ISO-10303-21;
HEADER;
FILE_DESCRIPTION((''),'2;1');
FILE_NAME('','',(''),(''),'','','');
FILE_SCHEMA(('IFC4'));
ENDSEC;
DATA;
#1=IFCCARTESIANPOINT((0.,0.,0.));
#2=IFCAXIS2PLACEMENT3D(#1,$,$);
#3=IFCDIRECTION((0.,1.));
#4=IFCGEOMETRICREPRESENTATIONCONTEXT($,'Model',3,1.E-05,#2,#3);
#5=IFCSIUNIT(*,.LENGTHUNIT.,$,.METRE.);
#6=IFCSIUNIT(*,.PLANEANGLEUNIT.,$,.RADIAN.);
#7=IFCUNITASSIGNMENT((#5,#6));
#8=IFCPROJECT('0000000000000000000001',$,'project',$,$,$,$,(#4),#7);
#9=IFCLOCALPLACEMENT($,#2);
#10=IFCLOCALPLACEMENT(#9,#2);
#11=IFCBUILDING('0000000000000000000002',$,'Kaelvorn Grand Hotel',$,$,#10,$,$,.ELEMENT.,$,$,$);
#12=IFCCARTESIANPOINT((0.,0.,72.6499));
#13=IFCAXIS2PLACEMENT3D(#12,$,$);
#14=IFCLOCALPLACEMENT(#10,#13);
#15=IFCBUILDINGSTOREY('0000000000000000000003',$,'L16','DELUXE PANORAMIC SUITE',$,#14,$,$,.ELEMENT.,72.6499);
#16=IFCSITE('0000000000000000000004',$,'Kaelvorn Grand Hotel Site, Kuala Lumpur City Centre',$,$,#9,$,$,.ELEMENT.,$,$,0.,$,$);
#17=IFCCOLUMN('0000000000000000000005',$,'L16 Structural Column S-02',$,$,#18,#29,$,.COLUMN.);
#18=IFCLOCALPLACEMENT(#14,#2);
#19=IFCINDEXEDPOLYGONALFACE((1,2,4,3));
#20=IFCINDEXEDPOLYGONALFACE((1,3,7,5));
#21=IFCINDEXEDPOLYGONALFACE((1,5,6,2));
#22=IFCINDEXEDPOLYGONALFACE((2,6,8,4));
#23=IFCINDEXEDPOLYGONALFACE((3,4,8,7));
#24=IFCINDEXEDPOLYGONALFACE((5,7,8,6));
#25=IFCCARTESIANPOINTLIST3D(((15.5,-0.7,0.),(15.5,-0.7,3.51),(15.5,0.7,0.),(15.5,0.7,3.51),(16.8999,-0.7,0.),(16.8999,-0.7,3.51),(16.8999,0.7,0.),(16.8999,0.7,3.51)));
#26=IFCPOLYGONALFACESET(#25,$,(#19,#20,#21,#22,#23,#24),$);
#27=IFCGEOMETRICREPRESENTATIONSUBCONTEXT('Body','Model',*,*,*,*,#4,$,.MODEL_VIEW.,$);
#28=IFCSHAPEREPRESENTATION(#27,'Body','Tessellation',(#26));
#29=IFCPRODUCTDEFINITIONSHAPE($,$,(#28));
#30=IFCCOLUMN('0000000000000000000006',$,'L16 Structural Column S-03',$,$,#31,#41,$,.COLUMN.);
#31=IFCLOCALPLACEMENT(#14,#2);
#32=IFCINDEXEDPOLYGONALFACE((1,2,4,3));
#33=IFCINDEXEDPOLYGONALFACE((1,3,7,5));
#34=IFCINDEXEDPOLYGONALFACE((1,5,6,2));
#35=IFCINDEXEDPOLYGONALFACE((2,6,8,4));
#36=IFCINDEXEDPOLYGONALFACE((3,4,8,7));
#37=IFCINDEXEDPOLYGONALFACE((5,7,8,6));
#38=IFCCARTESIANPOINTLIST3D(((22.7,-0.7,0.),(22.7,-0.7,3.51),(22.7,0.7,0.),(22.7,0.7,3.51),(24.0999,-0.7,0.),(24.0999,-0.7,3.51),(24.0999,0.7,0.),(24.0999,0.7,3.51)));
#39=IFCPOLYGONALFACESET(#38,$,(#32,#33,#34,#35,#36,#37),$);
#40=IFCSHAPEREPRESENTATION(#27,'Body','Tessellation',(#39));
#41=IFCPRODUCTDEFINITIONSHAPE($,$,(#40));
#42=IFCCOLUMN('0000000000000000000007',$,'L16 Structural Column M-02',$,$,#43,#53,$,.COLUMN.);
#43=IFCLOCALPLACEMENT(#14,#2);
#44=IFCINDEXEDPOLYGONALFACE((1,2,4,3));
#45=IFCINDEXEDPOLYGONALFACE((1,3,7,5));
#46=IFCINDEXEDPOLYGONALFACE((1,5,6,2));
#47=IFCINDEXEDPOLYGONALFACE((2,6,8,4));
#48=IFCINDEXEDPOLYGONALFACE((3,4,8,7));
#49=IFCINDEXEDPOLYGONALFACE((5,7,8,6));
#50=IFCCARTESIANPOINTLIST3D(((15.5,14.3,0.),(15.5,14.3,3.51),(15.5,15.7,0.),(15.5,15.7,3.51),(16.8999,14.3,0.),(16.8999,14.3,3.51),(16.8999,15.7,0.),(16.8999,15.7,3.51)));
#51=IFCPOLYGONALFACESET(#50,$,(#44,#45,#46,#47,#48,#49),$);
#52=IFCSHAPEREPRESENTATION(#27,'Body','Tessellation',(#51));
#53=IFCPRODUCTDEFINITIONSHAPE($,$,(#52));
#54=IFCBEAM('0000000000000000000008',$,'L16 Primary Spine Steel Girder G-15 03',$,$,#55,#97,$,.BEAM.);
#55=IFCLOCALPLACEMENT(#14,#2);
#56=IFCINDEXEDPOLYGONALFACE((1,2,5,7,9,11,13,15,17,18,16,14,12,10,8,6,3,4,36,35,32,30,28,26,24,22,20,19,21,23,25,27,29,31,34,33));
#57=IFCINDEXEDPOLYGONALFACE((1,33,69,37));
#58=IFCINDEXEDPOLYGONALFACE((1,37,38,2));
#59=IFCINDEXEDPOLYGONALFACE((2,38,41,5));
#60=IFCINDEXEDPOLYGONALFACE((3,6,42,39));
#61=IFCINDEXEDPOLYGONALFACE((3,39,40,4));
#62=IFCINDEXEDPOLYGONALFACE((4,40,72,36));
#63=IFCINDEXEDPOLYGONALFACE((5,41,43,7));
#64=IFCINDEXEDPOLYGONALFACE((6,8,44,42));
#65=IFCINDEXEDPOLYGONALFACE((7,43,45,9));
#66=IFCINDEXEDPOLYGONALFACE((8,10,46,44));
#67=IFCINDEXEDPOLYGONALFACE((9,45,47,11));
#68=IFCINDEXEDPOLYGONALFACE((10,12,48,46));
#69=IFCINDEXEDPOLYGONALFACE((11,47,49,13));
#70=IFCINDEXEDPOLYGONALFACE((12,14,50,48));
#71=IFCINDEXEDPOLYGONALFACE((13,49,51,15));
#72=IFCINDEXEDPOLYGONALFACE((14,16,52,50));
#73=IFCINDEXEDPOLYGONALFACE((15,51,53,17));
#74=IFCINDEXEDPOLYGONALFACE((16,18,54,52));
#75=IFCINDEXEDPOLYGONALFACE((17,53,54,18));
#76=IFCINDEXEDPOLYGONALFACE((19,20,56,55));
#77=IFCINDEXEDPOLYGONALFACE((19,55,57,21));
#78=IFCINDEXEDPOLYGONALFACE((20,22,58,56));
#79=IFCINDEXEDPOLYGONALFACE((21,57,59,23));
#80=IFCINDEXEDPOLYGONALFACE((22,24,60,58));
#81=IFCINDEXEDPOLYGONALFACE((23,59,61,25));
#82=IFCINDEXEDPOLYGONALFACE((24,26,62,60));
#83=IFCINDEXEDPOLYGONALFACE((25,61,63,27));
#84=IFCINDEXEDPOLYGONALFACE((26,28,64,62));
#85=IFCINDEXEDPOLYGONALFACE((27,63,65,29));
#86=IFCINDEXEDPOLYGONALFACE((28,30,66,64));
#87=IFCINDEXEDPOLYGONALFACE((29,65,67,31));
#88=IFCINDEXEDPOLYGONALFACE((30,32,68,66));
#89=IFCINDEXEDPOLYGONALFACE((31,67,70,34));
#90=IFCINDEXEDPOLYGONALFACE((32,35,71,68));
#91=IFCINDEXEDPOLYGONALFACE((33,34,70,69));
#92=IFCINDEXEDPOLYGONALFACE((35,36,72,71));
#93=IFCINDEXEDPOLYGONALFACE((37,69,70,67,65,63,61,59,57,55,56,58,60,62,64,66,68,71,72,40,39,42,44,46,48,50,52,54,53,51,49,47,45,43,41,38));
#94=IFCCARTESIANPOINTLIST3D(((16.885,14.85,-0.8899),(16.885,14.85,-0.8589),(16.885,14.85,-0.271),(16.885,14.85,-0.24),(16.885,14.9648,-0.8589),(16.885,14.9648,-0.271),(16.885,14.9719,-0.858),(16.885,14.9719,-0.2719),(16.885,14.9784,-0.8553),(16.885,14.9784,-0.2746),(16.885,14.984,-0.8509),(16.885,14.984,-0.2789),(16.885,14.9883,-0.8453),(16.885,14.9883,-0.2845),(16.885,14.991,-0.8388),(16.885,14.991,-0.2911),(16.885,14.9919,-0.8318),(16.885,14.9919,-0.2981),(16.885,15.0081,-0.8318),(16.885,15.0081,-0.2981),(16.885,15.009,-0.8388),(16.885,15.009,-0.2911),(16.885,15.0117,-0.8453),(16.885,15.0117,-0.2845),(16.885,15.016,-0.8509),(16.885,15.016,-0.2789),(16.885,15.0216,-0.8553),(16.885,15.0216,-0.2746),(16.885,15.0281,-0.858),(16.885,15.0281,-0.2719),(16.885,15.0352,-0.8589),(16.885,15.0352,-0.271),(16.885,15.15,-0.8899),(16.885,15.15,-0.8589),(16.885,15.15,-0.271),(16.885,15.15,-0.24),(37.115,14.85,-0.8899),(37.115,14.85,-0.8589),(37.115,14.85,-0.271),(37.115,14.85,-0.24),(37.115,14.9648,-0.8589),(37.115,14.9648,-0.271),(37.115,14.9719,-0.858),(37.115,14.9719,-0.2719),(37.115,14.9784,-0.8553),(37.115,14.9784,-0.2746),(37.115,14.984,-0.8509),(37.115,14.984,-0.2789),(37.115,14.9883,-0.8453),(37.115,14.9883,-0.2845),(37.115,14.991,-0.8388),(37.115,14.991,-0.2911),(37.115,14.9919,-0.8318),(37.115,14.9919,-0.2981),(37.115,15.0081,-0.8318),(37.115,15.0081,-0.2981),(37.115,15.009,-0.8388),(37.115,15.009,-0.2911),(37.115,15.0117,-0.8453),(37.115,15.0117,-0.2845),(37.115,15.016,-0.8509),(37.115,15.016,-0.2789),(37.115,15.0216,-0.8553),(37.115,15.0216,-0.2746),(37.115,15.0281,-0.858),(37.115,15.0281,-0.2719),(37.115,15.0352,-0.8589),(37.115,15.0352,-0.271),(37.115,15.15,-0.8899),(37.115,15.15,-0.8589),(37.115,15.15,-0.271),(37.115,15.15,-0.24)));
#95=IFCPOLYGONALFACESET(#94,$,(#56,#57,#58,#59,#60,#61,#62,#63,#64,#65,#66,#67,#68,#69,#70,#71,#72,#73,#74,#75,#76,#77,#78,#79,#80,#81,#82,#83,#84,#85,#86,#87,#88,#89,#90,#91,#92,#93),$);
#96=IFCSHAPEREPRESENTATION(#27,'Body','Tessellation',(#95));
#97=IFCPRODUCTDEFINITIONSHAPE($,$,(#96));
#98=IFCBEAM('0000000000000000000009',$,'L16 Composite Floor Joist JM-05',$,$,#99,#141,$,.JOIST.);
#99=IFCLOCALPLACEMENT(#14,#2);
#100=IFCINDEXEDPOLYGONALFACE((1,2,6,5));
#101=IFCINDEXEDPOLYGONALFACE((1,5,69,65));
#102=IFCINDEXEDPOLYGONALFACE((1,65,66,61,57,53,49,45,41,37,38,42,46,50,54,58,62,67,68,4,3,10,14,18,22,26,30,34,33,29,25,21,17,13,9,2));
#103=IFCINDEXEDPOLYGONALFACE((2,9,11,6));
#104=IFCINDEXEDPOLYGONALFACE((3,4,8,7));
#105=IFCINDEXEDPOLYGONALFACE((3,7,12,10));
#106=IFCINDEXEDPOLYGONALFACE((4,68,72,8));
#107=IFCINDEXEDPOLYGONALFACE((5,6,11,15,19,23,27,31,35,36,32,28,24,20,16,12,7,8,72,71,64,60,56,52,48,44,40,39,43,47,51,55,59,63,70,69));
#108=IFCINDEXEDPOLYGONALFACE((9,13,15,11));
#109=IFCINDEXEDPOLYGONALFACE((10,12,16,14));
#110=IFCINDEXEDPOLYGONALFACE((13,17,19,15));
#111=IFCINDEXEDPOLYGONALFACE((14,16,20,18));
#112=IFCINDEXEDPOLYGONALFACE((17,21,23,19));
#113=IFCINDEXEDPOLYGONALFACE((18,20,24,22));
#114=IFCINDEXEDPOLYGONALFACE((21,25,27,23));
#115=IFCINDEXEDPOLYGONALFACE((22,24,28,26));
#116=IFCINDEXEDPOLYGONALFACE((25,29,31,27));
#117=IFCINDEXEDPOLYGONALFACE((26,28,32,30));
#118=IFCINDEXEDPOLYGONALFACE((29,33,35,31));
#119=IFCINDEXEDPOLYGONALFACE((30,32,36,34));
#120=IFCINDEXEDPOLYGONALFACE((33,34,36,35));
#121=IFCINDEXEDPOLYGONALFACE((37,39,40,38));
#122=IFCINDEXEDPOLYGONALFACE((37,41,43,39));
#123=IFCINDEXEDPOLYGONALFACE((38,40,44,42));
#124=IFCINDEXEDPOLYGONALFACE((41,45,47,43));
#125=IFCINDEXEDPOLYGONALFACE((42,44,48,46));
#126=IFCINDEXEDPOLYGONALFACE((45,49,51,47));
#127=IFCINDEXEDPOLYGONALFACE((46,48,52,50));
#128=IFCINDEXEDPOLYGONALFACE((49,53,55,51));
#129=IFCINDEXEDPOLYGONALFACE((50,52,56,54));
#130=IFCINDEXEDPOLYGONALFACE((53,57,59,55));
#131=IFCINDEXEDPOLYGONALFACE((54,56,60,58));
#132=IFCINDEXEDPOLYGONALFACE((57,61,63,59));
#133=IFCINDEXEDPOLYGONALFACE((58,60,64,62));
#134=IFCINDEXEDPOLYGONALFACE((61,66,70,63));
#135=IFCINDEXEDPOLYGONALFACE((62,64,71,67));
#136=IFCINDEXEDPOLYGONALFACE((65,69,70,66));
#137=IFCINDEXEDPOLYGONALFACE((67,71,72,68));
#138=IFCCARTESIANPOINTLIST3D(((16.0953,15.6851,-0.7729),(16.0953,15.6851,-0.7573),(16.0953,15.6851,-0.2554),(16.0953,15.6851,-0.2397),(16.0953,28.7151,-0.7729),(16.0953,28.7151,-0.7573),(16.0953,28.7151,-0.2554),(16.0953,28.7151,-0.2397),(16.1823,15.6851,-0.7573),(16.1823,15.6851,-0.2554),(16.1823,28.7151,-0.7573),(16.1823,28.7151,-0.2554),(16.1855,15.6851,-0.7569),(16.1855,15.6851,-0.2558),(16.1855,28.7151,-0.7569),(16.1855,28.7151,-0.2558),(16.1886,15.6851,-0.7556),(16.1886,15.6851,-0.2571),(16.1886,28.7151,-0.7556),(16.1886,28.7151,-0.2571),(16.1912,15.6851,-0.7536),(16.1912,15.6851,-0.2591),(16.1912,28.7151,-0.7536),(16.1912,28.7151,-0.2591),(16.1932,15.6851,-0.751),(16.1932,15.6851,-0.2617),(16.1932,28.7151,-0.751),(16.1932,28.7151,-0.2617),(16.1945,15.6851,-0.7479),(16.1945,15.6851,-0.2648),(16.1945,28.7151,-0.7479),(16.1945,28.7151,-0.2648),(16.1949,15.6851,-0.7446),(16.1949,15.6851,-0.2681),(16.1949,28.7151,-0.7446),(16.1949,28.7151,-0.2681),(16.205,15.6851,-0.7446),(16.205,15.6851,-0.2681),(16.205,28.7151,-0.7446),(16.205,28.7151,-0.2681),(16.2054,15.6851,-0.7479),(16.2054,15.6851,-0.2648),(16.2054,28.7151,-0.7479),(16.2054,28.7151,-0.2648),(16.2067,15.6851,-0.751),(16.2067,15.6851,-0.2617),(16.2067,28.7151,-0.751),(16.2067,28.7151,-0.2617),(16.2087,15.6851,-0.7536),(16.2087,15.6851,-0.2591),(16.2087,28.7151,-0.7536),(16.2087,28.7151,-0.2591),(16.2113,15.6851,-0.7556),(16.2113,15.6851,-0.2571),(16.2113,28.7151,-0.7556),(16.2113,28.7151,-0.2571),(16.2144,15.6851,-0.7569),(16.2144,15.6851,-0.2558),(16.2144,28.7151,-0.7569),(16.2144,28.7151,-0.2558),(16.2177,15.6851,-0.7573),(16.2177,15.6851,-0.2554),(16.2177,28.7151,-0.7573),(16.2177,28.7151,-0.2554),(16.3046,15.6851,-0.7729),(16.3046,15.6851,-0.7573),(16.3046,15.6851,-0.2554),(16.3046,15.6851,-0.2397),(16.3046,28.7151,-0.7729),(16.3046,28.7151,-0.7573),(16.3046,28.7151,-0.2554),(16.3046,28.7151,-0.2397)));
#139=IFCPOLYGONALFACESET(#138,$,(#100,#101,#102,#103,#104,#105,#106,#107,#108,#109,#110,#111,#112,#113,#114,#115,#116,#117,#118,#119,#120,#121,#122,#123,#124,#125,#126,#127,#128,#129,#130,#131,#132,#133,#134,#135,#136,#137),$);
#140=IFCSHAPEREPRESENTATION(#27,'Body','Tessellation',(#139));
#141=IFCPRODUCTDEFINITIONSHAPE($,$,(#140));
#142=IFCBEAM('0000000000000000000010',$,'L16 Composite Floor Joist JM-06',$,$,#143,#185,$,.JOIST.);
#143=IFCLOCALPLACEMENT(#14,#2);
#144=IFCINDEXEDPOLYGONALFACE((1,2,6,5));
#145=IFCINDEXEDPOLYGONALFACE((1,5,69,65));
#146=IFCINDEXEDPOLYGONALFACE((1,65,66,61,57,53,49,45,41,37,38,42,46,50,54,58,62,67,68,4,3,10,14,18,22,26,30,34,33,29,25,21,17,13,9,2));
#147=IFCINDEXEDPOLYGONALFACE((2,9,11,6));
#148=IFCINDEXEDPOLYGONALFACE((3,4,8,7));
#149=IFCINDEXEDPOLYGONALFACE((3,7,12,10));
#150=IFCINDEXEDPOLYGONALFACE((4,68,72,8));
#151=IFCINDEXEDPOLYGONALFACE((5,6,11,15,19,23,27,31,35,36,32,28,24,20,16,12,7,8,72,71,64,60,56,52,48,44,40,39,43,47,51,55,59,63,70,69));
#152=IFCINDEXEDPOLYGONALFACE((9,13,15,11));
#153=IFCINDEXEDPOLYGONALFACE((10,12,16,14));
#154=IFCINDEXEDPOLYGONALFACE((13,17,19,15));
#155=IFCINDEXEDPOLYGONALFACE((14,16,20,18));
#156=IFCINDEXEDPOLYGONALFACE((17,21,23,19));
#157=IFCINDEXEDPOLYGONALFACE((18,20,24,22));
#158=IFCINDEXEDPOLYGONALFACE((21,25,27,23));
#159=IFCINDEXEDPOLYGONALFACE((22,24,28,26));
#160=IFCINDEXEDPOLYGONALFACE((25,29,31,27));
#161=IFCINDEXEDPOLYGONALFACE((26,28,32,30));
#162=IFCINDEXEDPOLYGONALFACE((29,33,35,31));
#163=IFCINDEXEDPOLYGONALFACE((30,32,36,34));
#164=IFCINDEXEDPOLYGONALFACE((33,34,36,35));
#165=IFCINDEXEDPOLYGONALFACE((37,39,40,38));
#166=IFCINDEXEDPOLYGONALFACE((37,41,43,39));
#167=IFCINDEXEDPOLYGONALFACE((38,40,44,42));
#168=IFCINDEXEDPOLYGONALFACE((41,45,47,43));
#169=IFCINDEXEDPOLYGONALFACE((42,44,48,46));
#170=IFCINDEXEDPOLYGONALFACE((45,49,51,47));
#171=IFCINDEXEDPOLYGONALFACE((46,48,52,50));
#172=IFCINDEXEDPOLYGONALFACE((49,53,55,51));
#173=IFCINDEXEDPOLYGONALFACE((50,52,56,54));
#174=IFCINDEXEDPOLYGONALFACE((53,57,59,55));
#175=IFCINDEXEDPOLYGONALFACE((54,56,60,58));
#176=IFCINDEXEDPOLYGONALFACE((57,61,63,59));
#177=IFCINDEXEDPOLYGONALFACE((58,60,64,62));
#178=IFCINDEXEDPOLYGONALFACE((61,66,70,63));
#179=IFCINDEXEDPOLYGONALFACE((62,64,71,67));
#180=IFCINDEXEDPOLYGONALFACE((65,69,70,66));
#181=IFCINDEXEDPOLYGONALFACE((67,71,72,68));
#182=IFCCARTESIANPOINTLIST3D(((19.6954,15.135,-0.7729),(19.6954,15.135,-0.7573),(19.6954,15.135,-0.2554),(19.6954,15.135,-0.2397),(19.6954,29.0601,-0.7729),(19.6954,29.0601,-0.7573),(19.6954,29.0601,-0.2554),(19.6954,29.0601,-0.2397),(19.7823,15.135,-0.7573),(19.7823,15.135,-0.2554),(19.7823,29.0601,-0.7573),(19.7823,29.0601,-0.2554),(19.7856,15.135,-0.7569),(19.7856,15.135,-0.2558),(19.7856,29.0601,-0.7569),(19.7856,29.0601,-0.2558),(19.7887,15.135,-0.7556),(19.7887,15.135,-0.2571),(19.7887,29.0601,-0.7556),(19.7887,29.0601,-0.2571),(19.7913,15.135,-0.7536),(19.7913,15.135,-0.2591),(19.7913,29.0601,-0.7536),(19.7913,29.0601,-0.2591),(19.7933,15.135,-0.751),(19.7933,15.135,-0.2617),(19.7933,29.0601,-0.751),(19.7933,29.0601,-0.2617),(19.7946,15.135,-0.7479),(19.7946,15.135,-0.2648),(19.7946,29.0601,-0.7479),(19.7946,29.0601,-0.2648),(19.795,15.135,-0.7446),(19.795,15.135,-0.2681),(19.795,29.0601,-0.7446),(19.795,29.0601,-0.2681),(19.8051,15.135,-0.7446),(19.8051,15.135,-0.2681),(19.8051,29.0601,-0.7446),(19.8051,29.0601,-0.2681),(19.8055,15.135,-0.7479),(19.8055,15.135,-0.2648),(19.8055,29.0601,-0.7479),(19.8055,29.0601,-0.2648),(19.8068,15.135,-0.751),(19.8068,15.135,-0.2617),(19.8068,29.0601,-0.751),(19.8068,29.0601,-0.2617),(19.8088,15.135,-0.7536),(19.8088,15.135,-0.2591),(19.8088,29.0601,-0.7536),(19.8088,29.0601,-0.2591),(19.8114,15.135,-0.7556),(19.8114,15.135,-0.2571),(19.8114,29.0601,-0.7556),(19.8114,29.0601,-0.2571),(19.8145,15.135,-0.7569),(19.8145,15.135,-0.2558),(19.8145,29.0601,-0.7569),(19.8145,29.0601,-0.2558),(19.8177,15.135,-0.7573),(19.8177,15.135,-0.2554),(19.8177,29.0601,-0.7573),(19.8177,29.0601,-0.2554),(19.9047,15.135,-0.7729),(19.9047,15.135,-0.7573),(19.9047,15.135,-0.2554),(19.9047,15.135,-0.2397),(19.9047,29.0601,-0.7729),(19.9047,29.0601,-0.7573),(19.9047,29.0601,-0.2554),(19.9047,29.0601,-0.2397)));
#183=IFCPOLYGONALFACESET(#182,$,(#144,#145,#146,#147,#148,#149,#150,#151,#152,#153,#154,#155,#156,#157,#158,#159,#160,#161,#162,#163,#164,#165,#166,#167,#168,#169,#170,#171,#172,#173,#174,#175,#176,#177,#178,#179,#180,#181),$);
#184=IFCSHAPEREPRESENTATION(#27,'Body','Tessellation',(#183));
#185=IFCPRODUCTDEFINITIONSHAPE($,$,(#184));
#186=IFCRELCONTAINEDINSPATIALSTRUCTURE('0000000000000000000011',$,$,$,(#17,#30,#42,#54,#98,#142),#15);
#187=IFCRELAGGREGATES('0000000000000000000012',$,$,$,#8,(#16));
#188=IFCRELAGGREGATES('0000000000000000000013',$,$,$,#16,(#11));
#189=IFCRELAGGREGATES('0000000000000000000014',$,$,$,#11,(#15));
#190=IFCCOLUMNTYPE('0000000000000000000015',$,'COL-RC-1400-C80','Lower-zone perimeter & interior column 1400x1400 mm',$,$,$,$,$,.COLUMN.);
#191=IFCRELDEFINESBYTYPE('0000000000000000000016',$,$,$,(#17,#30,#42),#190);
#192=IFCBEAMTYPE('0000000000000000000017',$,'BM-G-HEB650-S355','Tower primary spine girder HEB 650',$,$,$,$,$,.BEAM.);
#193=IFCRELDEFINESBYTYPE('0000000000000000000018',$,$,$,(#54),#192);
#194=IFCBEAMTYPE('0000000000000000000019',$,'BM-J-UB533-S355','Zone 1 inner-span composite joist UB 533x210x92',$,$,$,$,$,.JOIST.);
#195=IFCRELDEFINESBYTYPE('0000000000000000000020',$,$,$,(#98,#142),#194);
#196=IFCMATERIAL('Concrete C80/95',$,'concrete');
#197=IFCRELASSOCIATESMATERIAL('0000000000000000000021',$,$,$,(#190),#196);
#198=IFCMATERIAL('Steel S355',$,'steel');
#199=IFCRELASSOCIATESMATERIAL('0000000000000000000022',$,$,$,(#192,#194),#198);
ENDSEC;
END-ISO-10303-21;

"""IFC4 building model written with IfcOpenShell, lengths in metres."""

from ifc_helpers import new_model, si_unit, direction, frame, origin, origin_2d, place, context, subcontext, project, spatial, rectangle, i_section, extrude, material, material_profile, profile_set, type_object, element, save


model = new_model("IFC4")

# Units and contexts
model_context = context("Model", 3, precision=1e-05, world=origin(), true_north=direction((0.0, 1.0)))
body_context = subcontext(model_context, "Body", "Model", "MODEL_VIEW")
ifc_project = project(units=[si_unit("LENGTHUNIT", "METRE"), si_unit("PLANEANGLEUNIT", "RADIAN")], contexts=[model_context])

# Site, building, storey
site_placement = place(None, origin())
site = spatial("IfcSite", under=ifc_project, at=site_placement, Name="Kaelvorn Grand Hotel Site, Kuala Lumpur City Centre", CompositionType="ELEMENT", RefElevation=0.0)
building_placement = place(site_placement, origin())
building = spatial("IfcBuilding", under=site, at=building_placement, Name="Kaelvorn Grand Hotel", CompositionType="ELEMENT")
storey_placement = place(building_placement, frame((0.0, 0.0, 72.6499)))
storey = spatial("IfcBuildingStorey", under=building, at=storey_placement, Name="L16", Description="DELUXE PANORAMIC SUITE", CompositionType="ELEMENT", Elevation=72.6499)

# Columns
ifc_material_1 = material(Name="Concrete C80/95", Category="concrete")
ifc_material_profile_1 = material_profile(ifc_material_1, rectangle(XDim=1.3999, YDim=1.3999, at=origin_2d()), Name="RC COL 1400x1400")
ifc_profile_set_1 = profile_set([ifc_material_profile_1], Name="Concrete C80/95")
column_type = type_object("IfcColumnType", Name="COL-RC-1400-C80", Description="Lower-zone perimeter & interior column 1400x1400 mm", PredefinedType="COLUMN", material=ifc_profile_set_1)
for number, where, z_axis, x_axis, name in (
    (1, (16.2, 0.0, 0.0), (0.0, 0.0, 1.0), (1.0, 0.0, 0.0), "L16 Structural Column S-02"),
    (2, (23.3999, 0.0, 0.0), (0.0, 0.0, 1.0), (1.0, 0.0, 0.0), "L16 Structural Column S-03"),
    (3, (16.2, 15.0, 0.0), (0.0, 0.0, 1.0), (1.0, 0.0, 0.0), "L16 Structural Column M-02"),
):
    element("IfcColumn", number, at=place(storey_placement, frame(where, z_axis=z_axis, x_axis=x_axis)), inside=storey, type_object=column_type, Name=name, PredefinedType="COLUMN", context=body_context, shape_type="SweptSolid", body=[
        extrude(rectangle(XDim=1.3999, YDim=1.3999, at=origin_2d()), origin(), (0.0, 0.0, 1.0), 3.51),
    ])

# Beams
ifc_material_2 = material(Name="Steel S355", Category="steel")
ifc_material_profile_2 = material_profile(ifc_material_2, i_section(OverallWidth=0.3, OverallDepth=0.6499, WebThickness=0.0161, FlangeThickness=0.031, FilletRadius=0.0271, at=origin_2d()), Name="HEB 650")
ifc_profile_set_2 = profile_set([ifc_material_profile_2], Name="Steel S355")
beam_type_1 = type_object("IfcBeamType", Name="BM-G-HEB650-S355", Description="Tower primary spine girder HEB 650", PredefinedType="BEAM", material=ifc_profile_set_2)
beam_1_placement = place(storey_placement, frame((16.885, 15.0, -0.5649), z_axis=(1.0, 0.0, 0.0), x_axis=(0.0, 1.0, 0.0)))
element("IfcBeam", 4, at=beam_1_placement, inside=storey, type_object=beam_type_1, Name="L16 Primary Spine Steel Girder G-15 03", PredefinedType="BEAM", context=body_context, shape_type="SweptSolid", body=[
    extrude(i_section(OverallWidth=0.3, OverallDepth=0.6499, WebThickness=0.0161, FlangeThickness=0.031, FilletRadius=0.0271, at=origin_2d()), origin(), (0.0, 0.0, 1.0), 20.23),
])
ifc_material_profile_3 = material_profile(ifc_material_2, i_section(OverallWidth=0.2092, OverallDepth=0.5332, WebThickness=0.01, FlangeThickness=0.0156, FilletRadius=0.0127, at=origin_2d()), Name="UB 533x210x92")
ifc_profile_set_3 = profile_set([ifc_material_profile_3], Name="Steel S355")
beam_type_2 = type_object("IfcBeamType", Name="BM-J-UB533-S355", Description="Zone 1 inner-span composite joist UB 533x210x92", PredefinedType="JOIST", material=ifc_profile_set_3)
beam_2_placement = place(storey_placement, frame((16.2, 15.6851, -0.5063), z_axis=(0.0, 1.0, 0.0), x_axis=(-1.0, 0.0, 0.0)))
element("IfcBeam", 5, at=beam_2_placement, inside=storey, type_object=beam_type_2, Name="L16 Composite Floor Joist JM-05", PredefinedType="JOIST", context=body_context, shape_type="SweptSolid", body=[
    extrude(i_section(OverallWidth=0.2092, OverallDepth=0.5332, WebThickness=0.01, FlangeThickness=0.0156, FilletRadius=0.0127, at=origin_2d()), origin(), (0.0, 0.0, 1.0), 13.03),
])
beam_3_placement = place(storey_placement, frame((19.8, 15.135, -0.5063), z_axis=(0.0, 1.0, 0.0), x_axis=(-1.0, 0.0, 0.0)))
element("IfcBeam", 6, at=beam_3_placement, inside=storey, type_object=beam_type_2, Name="L16 Composite Floor Joist JM-06", PredefinedType="JOIST", context=body_context, shape_type="SweptSolid", body=[
    extrude(i_section(OverallWidth=0.2092, OverallDepth=0.5332, WebThickness=0.01, FlangeThickness=0.0156, FilletRadius=0.0127, at=origin_2d()), origin(), (0.0, 0.0, 1.0), 13.925),
])

save(model, "model.ifc")
